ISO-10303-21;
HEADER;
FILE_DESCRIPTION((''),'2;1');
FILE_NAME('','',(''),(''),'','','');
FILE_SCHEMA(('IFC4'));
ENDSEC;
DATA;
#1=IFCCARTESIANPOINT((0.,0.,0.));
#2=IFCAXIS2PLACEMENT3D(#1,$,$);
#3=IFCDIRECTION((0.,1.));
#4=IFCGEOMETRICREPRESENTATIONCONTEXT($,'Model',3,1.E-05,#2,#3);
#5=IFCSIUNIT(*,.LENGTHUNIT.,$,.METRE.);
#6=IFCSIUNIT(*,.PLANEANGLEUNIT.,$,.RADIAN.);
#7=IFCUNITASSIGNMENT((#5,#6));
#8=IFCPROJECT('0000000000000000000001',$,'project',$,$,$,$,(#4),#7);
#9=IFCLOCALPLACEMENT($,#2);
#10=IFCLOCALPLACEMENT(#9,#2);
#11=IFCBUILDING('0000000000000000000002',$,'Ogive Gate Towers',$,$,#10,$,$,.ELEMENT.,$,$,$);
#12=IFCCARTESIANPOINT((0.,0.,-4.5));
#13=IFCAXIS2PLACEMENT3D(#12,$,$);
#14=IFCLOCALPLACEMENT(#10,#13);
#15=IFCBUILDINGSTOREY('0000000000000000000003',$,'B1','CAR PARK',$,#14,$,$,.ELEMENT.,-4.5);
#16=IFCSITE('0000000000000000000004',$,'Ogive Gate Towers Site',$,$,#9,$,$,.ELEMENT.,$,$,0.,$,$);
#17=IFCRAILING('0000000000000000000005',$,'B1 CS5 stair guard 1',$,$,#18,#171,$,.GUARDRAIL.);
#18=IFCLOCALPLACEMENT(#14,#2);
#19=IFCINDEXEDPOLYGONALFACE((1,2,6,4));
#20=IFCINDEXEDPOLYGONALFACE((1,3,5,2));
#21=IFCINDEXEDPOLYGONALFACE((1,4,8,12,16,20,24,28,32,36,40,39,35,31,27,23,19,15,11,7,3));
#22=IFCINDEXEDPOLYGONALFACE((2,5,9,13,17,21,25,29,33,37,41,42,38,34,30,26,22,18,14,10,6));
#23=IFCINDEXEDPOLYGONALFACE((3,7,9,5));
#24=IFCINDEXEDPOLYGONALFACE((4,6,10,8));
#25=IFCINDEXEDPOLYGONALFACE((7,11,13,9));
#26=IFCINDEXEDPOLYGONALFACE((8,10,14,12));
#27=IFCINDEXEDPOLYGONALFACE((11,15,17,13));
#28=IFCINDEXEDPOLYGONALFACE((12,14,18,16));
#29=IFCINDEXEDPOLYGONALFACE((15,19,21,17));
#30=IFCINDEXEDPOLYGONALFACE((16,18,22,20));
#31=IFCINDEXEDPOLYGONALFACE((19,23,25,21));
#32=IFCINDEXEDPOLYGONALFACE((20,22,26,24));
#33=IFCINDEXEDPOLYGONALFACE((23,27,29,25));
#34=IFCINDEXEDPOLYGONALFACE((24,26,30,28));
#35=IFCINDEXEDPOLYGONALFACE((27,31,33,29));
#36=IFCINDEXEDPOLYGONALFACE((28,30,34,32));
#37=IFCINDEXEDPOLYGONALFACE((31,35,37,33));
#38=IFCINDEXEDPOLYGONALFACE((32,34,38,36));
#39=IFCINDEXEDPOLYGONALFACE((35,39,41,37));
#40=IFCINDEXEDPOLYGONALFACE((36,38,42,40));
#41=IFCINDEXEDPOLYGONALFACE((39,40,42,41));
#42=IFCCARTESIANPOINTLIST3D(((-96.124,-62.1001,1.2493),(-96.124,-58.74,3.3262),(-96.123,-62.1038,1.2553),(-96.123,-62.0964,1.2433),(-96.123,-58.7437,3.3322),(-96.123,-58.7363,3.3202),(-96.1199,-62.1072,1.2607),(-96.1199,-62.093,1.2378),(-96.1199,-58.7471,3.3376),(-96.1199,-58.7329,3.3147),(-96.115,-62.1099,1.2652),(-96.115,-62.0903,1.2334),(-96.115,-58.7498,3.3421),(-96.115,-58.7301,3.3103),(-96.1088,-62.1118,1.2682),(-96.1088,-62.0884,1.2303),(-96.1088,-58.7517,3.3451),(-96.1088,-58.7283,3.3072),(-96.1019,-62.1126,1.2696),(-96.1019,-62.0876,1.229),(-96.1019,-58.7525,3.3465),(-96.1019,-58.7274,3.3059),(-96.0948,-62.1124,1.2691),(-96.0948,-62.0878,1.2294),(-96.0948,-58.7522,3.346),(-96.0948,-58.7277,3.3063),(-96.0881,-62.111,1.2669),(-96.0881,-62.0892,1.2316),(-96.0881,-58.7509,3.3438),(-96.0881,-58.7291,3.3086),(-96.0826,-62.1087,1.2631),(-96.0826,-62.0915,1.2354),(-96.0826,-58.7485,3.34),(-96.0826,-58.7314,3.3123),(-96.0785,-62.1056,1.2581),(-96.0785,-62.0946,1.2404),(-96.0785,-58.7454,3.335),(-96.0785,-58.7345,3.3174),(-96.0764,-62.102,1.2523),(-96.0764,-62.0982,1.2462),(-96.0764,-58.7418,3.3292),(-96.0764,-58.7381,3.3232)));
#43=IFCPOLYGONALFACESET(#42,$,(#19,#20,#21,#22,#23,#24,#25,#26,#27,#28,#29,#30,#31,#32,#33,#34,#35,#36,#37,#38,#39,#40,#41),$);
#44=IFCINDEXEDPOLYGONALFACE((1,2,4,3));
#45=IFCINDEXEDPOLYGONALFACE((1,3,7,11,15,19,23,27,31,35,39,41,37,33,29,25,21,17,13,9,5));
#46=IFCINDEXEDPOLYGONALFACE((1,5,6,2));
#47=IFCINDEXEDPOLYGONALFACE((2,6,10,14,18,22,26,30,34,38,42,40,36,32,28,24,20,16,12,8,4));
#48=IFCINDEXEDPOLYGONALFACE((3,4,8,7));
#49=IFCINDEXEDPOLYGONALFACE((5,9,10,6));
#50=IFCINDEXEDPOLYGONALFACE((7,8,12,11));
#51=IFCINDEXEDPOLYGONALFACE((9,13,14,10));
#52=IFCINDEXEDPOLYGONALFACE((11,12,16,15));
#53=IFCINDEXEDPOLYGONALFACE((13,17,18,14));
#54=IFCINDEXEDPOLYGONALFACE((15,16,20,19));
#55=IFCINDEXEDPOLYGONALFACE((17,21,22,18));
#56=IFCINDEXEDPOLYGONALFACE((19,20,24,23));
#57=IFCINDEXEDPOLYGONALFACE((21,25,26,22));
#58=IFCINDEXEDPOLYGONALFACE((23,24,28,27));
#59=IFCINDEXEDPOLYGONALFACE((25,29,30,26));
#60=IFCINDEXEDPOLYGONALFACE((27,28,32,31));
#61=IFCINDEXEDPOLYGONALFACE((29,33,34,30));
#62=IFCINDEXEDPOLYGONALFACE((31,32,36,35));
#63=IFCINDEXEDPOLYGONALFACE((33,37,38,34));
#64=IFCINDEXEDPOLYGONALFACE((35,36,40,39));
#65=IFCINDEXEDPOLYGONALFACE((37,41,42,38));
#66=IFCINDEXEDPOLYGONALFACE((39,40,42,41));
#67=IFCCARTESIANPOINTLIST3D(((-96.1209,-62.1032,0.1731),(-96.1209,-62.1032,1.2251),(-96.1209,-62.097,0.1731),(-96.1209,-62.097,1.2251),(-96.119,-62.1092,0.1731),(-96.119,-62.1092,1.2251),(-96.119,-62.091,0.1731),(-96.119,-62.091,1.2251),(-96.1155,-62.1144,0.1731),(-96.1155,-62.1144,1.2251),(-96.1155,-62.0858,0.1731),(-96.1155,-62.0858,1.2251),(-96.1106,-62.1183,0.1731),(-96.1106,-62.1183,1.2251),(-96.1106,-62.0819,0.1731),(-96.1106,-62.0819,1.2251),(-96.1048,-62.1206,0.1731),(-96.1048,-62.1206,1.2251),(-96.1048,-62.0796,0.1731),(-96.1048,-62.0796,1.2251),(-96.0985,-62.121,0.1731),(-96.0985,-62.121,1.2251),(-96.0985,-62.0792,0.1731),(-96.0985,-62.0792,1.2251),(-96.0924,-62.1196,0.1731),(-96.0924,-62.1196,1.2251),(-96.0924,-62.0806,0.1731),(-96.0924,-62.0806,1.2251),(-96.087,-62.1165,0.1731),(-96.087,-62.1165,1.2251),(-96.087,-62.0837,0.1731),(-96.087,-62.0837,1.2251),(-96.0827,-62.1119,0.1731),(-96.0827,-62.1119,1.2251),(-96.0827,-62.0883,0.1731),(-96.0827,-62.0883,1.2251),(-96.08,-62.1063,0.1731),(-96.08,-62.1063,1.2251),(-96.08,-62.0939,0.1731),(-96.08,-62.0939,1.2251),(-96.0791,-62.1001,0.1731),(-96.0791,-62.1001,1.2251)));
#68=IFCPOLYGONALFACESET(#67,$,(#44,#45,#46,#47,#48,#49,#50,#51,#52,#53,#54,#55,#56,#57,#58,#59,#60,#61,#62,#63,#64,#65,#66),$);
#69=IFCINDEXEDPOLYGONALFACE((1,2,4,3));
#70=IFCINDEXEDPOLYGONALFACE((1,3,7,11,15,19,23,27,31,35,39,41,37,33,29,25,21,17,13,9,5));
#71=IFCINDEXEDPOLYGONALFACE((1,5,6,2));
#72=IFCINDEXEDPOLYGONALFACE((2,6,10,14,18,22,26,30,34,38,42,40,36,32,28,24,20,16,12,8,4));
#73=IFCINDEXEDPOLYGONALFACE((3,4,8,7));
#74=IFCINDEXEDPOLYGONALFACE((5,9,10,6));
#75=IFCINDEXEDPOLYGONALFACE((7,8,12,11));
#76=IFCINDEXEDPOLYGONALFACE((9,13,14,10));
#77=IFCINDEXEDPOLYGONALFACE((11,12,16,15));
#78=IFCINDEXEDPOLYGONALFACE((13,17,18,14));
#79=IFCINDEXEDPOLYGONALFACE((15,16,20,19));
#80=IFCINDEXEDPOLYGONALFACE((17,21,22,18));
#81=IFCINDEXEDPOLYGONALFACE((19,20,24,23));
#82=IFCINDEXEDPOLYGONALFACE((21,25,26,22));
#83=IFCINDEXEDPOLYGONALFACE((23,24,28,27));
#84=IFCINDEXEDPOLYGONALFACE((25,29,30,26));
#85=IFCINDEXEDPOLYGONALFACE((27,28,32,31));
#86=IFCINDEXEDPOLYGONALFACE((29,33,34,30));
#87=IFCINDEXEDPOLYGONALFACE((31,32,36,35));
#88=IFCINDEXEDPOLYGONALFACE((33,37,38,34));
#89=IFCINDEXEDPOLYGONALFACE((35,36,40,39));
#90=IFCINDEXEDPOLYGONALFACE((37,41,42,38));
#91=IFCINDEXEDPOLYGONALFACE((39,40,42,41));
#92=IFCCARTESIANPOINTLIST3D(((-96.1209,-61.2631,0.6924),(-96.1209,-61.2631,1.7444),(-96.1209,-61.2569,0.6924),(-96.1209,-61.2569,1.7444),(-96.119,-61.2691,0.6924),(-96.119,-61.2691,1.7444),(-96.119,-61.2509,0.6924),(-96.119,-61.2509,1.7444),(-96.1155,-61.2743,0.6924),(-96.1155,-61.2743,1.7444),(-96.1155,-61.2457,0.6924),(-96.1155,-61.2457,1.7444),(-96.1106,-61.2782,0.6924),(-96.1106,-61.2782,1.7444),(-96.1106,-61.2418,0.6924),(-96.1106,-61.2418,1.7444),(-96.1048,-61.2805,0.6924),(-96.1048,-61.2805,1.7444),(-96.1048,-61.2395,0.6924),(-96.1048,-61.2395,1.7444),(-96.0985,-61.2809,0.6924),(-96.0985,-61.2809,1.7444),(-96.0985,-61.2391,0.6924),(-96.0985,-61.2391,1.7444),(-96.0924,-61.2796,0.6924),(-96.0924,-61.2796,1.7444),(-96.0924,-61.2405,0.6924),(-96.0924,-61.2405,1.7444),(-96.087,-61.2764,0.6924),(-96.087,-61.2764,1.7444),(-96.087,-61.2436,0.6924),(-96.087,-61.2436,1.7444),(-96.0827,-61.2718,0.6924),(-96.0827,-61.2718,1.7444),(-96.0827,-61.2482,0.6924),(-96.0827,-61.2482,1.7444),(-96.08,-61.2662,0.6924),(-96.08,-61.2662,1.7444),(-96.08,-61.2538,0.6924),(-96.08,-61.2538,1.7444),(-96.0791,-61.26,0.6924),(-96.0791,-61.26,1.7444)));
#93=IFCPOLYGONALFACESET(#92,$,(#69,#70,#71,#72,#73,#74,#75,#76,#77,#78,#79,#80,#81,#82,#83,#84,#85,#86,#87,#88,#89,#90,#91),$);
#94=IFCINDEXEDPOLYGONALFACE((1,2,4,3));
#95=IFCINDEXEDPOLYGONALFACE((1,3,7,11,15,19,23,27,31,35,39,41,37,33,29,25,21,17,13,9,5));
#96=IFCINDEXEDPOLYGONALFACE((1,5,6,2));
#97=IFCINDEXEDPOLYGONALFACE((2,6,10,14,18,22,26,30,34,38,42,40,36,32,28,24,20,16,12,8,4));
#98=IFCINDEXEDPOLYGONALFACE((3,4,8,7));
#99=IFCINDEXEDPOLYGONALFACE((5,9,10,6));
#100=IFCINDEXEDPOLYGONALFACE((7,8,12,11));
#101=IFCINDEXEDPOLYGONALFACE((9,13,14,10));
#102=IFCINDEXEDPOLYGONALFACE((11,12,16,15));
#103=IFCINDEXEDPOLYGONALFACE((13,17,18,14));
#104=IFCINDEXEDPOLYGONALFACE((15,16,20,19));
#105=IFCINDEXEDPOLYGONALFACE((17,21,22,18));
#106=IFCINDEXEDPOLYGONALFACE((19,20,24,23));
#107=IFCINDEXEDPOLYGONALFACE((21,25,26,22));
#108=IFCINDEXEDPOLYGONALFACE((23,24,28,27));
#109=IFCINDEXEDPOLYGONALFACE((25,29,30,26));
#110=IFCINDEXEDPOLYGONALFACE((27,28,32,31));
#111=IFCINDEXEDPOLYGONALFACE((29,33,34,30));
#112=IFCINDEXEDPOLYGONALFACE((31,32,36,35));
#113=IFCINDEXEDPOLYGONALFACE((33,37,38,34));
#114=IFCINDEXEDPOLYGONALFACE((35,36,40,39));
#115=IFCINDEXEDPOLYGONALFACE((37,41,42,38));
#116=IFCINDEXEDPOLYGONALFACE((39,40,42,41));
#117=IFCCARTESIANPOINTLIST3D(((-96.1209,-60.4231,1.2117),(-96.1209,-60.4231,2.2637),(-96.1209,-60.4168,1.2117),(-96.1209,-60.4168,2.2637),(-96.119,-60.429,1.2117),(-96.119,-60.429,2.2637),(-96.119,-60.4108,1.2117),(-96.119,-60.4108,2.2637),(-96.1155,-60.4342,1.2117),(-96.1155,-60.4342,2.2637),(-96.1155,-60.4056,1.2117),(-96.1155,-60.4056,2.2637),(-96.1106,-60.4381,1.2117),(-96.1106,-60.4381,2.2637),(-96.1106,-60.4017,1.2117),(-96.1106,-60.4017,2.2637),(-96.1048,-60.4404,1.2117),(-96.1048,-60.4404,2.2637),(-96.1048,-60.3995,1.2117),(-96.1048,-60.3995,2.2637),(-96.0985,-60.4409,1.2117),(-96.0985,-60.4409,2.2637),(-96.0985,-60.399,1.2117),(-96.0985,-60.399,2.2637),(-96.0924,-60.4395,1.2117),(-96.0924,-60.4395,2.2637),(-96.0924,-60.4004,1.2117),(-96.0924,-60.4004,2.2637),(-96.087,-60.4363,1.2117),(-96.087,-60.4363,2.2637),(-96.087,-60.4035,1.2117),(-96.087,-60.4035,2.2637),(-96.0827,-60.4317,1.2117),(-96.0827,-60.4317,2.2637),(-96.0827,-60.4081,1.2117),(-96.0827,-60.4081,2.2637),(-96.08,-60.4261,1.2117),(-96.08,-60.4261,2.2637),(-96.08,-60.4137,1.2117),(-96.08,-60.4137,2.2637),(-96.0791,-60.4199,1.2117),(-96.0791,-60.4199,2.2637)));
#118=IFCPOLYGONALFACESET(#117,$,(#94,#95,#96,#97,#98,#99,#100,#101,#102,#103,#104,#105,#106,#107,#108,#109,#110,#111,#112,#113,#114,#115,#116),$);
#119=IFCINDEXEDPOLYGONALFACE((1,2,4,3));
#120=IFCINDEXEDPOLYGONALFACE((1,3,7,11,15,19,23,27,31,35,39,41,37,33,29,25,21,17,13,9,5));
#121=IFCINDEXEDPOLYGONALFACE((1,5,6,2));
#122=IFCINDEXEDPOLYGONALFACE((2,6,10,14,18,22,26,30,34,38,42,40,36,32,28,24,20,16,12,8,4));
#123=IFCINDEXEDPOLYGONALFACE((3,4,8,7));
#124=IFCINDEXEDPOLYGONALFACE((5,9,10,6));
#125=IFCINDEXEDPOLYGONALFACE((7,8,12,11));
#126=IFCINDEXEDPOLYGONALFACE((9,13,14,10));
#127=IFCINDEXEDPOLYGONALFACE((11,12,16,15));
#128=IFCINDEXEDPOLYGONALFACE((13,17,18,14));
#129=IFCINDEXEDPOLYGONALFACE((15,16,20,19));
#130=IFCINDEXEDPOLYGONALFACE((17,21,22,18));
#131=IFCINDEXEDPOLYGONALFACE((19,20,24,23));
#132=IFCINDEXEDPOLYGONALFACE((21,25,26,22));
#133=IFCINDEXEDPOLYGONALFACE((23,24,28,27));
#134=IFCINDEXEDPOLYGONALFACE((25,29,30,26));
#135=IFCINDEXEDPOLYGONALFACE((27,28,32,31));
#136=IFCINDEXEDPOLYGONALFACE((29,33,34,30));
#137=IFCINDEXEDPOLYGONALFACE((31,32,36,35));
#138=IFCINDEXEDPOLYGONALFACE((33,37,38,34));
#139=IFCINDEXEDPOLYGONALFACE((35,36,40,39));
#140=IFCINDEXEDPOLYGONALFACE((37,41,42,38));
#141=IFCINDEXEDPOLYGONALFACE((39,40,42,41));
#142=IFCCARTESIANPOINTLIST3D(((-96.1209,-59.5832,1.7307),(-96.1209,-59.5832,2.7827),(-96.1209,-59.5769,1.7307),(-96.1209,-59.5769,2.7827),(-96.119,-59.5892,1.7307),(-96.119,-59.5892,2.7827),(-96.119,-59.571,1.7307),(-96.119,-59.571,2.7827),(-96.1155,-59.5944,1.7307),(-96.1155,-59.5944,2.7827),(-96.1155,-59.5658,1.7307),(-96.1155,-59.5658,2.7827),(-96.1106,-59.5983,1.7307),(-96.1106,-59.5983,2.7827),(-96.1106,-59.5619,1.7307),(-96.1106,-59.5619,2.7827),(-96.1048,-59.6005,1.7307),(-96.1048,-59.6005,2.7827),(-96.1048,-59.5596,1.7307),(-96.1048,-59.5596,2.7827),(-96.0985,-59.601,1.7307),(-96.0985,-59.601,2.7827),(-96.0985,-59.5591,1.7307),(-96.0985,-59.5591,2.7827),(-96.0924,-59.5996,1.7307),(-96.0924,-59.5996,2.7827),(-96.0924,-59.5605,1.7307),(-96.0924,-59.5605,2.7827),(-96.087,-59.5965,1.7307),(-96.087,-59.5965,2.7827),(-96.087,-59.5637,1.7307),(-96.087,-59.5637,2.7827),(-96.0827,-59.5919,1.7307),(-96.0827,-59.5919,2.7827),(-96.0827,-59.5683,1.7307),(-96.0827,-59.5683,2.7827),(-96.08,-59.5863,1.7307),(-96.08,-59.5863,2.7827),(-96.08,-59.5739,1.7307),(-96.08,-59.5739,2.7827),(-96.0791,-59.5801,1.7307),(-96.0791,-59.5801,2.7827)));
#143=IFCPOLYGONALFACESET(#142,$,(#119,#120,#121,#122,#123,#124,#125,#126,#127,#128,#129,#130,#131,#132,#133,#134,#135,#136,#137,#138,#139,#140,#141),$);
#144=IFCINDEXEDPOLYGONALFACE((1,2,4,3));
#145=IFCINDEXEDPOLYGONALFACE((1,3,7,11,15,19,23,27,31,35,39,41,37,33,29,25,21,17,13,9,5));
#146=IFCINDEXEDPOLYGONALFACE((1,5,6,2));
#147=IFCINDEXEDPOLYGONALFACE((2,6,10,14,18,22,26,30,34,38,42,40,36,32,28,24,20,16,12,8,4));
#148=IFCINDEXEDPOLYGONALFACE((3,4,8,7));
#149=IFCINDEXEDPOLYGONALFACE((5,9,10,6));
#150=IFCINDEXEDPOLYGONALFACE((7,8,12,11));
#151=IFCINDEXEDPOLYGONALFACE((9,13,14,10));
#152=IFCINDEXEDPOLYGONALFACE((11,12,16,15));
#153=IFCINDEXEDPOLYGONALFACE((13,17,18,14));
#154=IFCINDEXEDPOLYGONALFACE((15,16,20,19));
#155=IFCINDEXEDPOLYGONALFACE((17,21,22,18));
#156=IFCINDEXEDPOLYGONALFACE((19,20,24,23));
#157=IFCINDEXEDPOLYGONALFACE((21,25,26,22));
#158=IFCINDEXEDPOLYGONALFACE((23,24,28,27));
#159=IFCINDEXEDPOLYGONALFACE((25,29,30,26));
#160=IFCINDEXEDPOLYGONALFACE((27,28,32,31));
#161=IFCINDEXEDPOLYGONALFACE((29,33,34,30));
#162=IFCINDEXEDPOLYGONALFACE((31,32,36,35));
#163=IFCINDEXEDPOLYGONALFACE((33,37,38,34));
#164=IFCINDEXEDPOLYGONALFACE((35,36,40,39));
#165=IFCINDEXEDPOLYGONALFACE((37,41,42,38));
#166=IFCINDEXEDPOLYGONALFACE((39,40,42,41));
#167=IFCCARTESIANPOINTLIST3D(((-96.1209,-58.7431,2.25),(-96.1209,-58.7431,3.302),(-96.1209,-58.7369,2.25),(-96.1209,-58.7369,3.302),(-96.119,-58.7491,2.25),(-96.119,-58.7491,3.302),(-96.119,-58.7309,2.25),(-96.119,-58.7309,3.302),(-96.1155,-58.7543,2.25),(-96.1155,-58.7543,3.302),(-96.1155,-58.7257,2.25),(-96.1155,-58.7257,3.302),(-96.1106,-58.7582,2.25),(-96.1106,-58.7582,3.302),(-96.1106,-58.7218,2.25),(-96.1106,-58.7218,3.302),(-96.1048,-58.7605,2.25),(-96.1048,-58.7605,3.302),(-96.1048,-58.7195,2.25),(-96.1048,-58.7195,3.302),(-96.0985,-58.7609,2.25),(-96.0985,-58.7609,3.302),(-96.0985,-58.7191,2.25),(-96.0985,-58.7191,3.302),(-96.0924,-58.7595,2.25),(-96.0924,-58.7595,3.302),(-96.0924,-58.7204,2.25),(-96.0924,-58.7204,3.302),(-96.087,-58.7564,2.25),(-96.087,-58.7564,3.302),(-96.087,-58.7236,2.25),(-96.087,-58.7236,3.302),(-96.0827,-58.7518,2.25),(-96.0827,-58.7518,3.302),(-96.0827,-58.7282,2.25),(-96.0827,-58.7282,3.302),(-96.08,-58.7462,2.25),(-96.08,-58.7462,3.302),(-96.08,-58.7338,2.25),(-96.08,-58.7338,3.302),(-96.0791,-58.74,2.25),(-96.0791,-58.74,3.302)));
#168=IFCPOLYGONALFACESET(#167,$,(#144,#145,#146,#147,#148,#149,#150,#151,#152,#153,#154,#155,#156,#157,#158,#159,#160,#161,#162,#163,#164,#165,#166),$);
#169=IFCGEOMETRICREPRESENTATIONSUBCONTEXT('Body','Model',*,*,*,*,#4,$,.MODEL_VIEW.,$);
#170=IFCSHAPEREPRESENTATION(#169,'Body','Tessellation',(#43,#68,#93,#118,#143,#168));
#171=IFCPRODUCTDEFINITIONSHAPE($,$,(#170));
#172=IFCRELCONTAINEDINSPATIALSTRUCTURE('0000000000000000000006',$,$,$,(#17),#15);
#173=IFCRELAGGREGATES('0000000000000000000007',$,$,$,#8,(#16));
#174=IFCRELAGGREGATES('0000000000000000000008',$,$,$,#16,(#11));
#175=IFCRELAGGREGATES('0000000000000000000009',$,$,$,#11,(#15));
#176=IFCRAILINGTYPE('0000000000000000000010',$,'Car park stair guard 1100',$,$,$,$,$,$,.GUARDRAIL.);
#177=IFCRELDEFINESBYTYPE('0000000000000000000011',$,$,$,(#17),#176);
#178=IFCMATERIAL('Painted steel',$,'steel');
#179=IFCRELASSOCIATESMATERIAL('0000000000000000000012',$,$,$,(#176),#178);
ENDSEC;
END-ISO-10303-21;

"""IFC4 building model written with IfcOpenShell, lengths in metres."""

from ifc_helpers import new_model, si_unit, direction, frame, origin, origin_2d, place, context, subcontext, project, spatial, circle, extrude, material, type_object, element, save


model = new_model("IFC4")

# Units and contexts
model_context = context("Model", 3, precision=1e-05, world=origin(), true_north=direction((0.0, 1.0)))
body_context = subcontext(model_context, "Body", "Model", "MODEL_VIEW")
ifc_project = project(units=[si_unit("LENGTHUNIT", "METRE"), si_unit("PLANEANGLEUNIT", "RADIAN")], contexts=[model_context])

# Site, building, storey
site_placement = place(None, origin())
site = spatial("IfcSite", under=ifc_project, at=site_placement, Name="Ogive Gate Towers Site", CompositionType="ELEMENT", RefElevation=0.0)
building_placement = place(site_placement, origin())
building = spatial("IfcBuilding", under=site, at=building_placement, Name="Ogive Gate Towers", CompositionType="ELEMENT")
storey_placement = place(building_placement, frame((0.0, 0.0, -4.5)))
storey = spatial("IfcBuildingStorey", under=building, at=storey_placement, Name="B1", Description="CAR PARK", CompositionType="ELEMENT", Elevation=-4.5)

# Railing
ifc_material_1 = material(Name="Painted steel", Category="steel")
railing_type_1 = type_object("IfcRailingType", Name="Car park stair guard 1100", PredefinedType="GUARDRAIL", material=ifc_material_1)
railing_1_placement = place(storey_placement, frame((-96.1001, -62.1001, 0.1731)))
element("IfcRailing", 1, at=railing_1_placement, inside=storey, type_object=railing_type_1, Name="B1 CS5 stair guard 1", PredefinedType="GUARDRAIL", context=body_context, shape_type="SweptSolid", body=[
    extrude(circle(Radius=0.0239, at=origin_2d()), frame((0.0, 0.0, 1.0762), z_axis=(0.0, 0.850623, 0.525776), x_axis=(-1.0, 0.0, 0.0)), (0.0, 0.0, 1.0), 3.9502),
    extrude(circle(Radius=0.021, at=origin_2d()), origin(), (0.0, 0.0, 1.0), 1.052),
    extrude(circle(Radius=0.021, at=origin_2d()), frame((0.0, 0.8401, 0.5193)), (0.0, 0.0, 1.0), 1.052),
    extrude(circle(Radius=0.021, at=origin_2d()), frame((0.0, 1.6802, 1.0386)), (0.0, 0.0, 1.0), 1.052),
    extrude(circle(Radius=0.021, at=origin_2d()), frame((0.0, 2.52, 1.5576)), (0.0, 0.0, 1.0), 1.052),
    extrude(circle(Radius=0.021, at=origin_2d()), frame((0.0, 3.3601, 2.0769)), (0.0, 0.0, 1.0), 1.052),
])

save(model, "model.ifc")
